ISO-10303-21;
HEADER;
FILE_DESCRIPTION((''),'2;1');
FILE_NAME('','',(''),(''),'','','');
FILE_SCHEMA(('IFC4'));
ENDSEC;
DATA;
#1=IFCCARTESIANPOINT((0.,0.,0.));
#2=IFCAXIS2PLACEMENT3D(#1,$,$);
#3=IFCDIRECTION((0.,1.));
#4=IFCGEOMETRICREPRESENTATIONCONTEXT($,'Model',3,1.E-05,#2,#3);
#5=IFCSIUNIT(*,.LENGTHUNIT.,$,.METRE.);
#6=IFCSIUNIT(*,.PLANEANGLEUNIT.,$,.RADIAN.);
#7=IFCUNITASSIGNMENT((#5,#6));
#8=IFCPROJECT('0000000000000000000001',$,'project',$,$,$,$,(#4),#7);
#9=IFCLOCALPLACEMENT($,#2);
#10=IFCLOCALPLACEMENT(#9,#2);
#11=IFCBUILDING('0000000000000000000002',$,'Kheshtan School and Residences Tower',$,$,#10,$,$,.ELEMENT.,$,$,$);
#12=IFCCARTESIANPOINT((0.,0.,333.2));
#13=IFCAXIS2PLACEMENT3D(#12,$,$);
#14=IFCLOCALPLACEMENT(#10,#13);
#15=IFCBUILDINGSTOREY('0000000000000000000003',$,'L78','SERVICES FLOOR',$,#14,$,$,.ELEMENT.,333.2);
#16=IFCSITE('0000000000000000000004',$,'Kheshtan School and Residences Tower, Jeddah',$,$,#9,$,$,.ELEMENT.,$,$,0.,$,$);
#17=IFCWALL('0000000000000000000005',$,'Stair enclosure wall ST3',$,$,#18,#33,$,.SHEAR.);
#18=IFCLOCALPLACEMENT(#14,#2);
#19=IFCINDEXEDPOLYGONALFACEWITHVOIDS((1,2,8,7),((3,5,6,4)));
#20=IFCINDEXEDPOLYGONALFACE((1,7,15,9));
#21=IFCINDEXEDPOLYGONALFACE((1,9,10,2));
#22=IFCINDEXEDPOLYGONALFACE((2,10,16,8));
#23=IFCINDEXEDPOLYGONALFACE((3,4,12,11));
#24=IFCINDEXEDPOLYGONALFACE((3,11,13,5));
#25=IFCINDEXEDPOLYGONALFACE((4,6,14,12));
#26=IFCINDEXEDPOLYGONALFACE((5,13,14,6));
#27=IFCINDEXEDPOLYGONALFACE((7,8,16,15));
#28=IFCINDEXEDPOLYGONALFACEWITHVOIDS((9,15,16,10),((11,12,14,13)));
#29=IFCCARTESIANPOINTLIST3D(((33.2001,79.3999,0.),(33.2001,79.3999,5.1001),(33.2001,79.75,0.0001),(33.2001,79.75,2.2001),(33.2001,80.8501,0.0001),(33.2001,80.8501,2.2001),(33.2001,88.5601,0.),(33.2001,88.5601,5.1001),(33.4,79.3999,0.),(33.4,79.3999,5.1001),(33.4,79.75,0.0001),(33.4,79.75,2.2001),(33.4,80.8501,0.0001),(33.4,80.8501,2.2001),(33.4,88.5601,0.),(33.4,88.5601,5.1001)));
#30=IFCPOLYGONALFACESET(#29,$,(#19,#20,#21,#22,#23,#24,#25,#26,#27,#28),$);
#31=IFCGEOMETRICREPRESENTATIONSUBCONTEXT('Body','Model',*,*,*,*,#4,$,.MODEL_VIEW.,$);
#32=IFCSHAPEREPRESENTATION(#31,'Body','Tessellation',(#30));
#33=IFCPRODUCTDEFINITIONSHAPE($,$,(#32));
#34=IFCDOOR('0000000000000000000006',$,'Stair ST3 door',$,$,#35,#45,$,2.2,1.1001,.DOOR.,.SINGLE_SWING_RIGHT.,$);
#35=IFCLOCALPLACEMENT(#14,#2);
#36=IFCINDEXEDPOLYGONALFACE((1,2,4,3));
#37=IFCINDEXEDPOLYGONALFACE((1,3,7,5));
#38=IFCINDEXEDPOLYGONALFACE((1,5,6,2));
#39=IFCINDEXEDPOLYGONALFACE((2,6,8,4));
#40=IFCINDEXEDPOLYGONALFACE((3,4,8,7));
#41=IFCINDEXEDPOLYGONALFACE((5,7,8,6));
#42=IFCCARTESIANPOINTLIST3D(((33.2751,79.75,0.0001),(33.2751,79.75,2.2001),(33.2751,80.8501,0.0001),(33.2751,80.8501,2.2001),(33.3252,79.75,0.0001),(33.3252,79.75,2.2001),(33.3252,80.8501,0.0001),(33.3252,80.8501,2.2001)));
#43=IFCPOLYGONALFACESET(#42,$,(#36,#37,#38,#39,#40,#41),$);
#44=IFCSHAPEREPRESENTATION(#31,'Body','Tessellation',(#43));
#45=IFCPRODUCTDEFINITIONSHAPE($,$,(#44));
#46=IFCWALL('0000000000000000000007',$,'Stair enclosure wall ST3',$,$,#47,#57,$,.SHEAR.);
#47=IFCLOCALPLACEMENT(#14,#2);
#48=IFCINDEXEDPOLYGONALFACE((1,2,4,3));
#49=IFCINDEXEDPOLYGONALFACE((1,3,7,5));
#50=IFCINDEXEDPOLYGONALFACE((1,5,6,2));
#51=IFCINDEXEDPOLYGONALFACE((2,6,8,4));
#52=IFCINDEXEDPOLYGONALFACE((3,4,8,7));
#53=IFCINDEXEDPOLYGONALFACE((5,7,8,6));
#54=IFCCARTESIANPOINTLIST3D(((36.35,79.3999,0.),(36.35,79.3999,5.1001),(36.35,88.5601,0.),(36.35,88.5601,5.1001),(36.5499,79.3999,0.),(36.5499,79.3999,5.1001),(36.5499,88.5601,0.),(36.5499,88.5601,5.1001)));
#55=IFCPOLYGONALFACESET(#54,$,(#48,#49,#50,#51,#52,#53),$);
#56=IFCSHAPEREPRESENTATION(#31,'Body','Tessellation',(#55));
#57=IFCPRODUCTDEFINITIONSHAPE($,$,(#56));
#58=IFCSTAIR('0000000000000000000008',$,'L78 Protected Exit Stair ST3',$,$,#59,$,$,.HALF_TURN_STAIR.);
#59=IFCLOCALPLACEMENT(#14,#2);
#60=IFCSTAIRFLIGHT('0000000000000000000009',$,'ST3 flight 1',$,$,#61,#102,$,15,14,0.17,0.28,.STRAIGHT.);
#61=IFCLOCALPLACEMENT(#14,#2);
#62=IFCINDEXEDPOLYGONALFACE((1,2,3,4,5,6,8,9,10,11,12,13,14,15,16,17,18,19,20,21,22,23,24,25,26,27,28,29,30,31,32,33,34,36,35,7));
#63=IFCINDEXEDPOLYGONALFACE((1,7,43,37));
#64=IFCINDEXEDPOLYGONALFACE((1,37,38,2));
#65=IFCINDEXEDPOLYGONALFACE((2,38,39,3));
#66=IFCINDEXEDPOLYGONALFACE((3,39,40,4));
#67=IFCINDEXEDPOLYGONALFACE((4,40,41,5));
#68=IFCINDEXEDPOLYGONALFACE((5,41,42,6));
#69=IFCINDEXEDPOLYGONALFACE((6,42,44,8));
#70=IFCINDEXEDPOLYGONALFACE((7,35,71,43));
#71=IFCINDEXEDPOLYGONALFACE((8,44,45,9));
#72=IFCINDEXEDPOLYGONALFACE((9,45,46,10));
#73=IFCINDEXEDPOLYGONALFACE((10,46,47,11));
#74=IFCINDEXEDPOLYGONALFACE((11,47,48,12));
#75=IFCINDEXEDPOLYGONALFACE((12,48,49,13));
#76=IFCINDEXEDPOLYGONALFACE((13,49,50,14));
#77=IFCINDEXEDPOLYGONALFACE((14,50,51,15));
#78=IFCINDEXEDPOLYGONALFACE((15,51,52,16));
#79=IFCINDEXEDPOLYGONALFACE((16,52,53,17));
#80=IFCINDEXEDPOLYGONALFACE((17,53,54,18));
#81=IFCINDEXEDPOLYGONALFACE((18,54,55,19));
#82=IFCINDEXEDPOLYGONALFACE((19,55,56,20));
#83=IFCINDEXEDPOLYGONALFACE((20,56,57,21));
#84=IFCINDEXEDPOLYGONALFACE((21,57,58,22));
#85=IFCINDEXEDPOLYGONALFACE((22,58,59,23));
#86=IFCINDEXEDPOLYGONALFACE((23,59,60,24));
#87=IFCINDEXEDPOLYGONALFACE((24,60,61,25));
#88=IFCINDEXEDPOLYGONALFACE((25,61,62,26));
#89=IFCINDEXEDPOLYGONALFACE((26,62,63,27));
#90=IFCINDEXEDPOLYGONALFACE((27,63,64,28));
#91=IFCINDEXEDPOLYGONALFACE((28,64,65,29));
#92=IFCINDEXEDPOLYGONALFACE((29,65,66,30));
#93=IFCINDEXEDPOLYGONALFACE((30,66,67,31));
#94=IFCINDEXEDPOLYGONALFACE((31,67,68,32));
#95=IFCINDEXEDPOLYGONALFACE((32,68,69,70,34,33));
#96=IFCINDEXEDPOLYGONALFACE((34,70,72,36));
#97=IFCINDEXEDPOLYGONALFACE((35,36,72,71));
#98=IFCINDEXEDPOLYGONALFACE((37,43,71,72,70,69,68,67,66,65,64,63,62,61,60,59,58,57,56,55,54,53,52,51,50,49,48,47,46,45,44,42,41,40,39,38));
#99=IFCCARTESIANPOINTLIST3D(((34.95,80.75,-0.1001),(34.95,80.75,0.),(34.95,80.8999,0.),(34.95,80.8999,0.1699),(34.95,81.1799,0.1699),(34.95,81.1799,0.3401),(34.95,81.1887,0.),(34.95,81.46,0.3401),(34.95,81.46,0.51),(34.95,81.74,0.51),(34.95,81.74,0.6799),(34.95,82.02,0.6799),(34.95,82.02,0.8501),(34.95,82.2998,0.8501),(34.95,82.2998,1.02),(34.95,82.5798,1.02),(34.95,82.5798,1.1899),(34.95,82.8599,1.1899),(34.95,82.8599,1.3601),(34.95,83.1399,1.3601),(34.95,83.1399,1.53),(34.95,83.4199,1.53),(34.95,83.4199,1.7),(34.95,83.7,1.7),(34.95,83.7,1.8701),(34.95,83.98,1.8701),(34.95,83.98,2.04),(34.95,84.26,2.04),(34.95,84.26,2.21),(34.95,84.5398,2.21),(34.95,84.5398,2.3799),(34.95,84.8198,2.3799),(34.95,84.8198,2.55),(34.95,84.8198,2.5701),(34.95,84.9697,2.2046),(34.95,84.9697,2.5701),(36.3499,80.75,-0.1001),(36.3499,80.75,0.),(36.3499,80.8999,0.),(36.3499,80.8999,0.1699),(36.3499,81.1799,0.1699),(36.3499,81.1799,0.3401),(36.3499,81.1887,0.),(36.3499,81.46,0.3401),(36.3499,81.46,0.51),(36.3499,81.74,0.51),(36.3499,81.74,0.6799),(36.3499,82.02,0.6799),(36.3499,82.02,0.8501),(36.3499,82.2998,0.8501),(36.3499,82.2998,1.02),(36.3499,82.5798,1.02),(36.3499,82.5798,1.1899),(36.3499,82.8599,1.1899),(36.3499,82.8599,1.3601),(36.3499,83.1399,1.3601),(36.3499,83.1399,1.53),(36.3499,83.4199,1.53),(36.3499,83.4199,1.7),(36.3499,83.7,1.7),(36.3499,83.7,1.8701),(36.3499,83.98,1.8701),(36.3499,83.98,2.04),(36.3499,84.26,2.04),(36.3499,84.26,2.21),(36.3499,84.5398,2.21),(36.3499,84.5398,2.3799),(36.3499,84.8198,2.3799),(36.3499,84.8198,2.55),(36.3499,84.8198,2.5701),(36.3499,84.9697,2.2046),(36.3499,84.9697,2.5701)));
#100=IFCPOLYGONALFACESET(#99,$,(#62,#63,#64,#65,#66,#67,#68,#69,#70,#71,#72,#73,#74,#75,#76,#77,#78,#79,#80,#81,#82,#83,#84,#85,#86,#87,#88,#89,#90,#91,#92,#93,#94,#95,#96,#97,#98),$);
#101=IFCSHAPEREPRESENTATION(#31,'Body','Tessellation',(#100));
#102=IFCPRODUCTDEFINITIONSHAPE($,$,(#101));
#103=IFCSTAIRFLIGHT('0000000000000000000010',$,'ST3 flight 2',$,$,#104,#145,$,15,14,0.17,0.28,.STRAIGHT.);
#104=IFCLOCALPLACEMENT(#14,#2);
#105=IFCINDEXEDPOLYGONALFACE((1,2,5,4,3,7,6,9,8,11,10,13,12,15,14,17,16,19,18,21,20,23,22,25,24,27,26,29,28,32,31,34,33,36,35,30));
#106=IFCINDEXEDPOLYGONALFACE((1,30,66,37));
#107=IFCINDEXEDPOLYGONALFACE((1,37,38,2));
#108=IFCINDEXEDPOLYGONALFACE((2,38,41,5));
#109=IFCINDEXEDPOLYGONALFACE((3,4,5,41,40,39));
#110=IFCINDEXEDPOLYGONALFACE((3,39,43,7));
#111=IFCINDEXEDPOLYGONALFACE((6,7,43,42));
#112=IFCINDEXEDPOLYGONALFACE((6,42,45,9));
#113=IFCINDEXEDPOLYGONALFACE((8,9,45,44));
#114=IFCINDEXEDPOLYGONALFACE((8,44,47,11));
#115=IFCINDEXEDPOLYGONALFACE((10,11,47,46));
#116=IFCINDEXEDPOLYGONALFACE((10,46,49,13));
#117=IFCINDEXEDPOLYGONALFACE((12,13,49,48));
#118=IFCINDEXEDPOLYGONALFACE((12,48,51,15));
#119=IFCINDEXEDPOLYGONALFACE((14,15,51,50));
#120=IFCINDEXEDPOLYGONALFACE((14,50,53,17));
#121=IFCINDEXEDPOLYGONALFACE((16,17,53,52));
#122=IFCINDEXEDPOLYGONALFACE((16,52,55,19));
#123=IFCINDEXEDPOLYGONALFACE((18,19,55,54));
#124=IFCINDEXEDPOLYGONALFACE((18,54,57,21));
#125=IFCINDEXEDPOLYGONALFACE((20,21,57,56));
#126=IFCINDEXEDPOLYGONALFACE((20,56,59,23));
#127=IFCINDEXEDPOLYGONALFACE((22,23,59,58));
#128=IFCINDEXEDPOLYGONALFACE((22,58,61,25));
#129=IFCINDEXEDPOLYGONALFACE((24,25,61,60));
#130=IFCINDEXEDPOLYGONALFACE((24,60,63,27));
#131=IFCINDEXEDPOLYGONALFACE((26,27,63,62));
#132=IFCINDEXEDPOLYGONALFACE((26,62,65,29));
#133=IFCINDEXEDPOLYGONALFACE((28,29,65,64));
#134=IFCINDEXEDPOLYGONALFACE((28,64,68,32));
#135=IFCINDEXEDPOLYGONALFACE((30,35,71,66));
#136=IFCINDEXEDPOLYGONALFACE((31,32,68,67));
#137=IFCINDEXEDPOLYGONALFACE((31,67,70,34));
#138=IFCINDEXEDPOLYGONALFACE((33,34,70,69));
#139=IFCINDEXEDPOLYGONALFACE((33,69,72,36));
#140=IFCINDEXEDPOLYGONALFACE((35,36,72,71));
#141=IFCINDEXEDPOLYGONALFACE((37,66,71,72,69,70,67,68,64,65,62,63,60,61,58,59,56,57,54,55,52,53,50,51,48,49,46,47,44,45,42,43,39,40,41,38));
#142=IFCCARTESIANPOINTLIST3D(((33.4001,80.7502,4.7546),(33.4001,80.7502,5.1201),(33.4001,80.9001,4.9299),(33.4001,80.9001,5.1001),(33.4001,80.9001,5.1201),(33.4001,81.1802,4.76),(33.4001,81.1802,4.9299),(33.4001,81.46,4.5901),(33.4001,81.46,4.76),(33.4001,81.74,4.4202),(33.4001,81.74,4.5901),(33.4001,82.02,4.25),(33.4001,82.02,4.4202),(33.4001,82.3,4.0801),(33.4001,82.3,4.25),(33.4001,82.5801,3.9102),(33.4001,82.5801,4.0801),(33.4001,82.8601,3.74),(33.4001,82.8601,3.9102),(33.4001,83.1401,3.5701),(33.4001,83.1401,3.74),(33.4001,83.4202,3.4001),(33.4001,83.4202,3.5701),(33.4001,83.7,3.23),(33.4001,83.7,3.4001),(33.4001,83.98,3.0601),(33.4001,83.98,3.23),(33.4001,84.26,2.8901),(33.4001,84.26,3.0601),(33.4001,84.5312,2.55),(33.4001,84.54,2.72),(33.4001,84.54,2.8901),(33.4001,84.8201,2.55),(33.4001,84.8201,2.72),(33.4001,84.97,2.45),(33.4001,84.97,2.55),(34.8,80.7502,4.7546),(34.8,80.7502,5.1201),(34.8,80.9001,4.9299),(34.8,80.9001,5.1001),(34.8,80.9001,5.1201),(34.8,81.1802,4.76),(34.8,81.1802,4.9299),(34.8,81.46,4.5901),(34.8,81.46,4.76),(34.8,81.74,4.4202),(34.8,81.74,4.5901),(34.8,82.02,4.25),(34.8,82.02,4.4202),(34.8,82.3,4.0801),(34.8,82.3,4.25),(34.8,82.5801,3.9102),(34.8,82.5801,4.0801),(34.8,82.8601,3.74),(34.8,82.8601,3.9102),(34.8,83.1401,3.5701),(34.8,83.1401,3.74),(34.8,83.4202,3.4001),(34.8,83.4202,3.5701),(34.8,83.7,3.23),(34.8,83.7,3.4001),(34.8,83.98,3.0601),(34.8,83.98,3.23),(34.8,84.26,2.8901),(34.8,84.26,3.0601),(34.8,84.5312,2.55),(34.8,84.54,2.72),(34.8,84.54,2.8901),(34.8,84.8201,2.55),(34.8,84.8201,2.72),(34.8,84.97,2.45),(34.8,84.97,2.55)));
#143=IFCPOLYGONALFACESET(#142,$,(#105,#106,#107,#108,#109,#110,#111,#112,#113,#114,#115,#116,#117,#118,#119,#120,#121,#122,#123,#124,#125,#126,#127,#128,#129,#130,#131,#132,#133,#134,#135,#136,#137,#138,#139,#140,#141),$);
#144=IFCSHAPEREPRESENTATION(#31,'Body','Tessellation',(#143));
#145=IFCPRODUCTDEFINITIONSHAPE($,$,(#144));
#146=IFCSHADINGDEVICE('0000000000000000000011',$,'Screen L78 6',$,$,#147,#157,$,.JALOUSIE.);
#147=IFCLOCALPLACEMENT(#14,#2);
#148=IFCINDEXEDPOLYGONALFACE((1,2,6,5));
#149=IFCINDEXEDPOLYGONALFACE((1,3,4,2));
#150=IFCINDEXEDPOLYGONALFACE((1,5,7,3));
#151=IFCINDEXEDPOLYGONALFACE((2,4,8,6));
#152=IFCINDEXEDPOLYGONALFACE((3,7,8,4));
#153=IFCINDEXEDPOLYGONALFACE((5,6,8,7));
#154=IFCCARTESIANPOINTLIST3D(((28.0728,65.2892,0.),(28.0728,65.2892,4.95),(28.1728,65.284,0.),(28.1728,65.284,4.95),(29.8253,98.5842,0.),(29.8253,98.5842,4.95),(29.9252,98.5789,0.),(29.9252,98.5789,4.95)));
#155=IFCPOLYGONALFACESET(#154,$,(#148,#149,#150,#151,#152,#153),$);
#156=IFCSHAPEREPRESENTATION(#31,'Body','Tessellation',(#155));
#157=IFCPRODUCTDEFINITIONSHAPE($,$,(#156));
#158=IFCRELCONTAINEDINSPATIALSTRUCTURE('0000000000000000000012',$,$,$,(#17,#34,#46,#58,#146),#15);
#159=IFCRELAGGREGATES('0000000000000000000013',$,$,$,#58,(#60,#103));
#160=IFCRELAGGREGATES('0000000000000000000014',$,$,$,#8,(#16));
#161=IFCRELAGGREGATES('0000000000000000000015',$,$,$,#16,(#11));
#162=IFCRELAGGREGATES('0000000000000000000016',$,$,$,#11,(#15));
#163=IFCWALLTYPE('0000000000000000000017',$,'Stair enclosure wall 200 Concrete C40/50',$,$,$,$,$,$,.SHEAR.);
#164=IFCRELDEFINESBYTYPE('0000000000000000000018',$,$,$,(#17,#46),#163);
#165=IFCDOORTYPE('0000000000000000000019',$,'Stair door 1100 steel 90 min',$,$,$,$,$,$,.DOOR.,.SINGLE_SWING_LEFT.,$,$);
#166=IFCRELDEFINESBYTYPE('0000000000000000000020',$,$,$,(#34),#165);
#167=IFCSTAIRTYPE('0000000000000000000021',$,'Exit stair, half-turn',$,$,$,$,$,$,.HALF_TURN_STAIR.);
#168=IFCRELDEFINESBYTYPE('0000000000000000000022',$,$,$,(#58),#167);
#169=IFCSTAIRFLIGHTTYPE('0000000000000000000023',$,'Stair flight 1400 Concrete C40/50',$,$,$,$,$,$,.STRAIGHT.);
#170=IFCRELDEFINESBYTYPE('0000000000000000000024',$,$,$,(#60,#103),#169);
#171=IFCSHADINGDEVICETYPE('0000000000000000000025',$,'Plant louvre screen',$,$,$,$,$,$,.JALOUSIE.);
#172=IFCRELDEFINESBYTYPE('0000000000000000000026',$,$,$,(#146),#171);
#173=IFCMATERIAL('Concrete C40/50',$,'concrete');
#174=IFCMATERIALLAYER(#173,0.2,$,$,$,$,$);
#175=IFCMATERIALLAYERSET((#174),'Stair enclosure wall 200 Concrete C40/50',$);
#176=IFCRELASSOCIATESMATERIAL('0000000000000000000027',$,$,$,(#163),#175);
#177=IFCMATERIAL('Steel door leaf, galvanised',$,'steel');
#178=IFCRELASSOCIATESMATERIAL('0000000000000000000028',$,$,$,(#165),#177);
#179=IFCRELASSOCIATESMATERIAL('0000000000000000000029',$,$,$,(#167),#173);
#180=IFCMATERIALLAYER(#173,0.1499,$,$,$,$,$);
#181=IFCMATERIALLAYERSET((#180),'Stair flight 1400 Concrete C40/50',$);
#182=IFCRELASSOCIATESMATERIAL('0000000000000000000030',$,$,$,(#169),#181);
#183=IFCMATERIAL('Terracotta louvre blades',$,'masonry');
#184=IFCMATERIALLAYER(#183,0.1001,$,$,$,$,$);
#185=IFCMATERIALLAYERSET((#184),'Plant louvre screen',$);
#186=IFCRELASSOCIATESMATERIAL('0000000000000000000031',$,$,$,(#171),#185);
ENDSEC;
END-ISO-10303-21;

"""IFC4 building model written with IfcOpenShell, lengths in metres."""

from ifc_helpers import new_model, si_unit, direction, frame, frame_2d, origin, origin_2d, place, context, subcontext, project, spatial, polyline, rectangle, outline, extrude, source, transform, mapped, material, layer, layer_set, type_object, element, fill, aggregate, save


model = new_model("IFC4")

# Units and contexts
model_context = context("Model", 3, precision=1e-05, world=origin(), true_north=direction((0.0, 1.0)))
body_context = subcontext(model_context, "Body", "Model", "MODEL_VIEW")
ifc_project = project(units=[si_unit("LENGTHUNIT", "METRE"), si_unit("PLANEANGLEUNIT", "RADIAN")], contexts=[model_context])

# Site, building, storey
site_placement = place(None, origin())
site = spatial("IfcSite", under=ifc_project, at=site_placement, Name="Kheshtan School and Residences Tower, Jeddah", CompositionType="ELEMENT", RefElevation=0.0)
building_placement = place(site_placement, origin())
building = spatial("IfcBuilding", under=site, at=building_placement, Name="Kheshtan School and Residences Tower", CompositionType="ELEMENT")
storey_placement = place(building_placement, frame((0.0, 0.0, 333.2)))
storey = spatial("IfcBuildingStorey", under=building, at=storey_placement, Name="L78", Description="SERVICES FLOOR", CompositionType="ELEMENT", Elevation=333.2)

# Shared definitions
ifc_material_1 = material(Name="Concrete C40/50", Category="concrete")
ifc_layer_1 = layer(ifc_material_1, 0.2)
ifc_layer_set_1 = layer_set([ifc_layer_1], Name="Stair enclosure wall 200 Concrete C40/50")
wall_type_1 = type_object("IfcWallType", Name="Stair enclosure wall 200 Concrete C40/50", PredefinedType="SHEAR", material=ifc_layer_set_1)

# Wall, opening, door
wall_1_placement = place(storey_placement, frame((33.3, 79.3999, 0.0), z_axis=(0.0, 0.0, 1.0), x_axis=(0.0, 1.0, 0.0)))
wall_1 = element("IfcWall", 1, at=wall_1_placement, inside=storey, type_object=wall_type_1, Name="Stair enclosure wall ST3", PredefinedType="SHEAR", context=body_context, shape_type="SweptSolid", body=[
    extrude(rectangle(XDim=9.1602, YDim=0.2, at=frame_2d((4.5801, 0.0))), origin(), (0.0, 0.0, 1.0), 5.1001),
])
opening_1_placement = place(wall_1_placement, frame((0.3501, 0.0, 0.0)))
opening_1 = element("IfcOpeningElement", 2, at=opening_1_placement, cuts=wall_1, PredefinedType="OPENING", context=body_context, shape_type="SweptSolid", body=[
    extrude(rectangle(XDim=1.1001, YDim=2.2, at=frame_2d((0.55, 1.1001))), frame((0.0, 0.1099, 0.0), z_axis=(0.0, -1.0, 0.0), x_axis=(1.0, 0.0, 0.0)), (0.0, 0.0, 1.0), 0.22),
])
ifc_material_2 = material(Name="Steel door leaf, galvanised", Category="steel")
door_type_1 = type_object("IfcDoorType", Name="Stair door 1100 steel 90 min", OperationType="SINGLE_SWING_LEFT", PredefinedType="DOOR", material=ifc_material_2)
shared_shape_1 = source(origin(), body_context, "Body", "SweptSolid", [
    extrude(rectangle(XDim=1.1001, YDim=2.2, at=frame_2d((0.55, 1.1001))), frame((0.0, 0.0249, 0.0), z_axis=(0.0, -1.0, 0.0), x_axis=(1.0, 0.0, 0.0)), (0.0, 0.0, 1.0), 0.05),
])
door_1_placement = place(opening_1_placement, origin())
door_1 = element("IfcDoor", 3, at=door_1_placement, inside=storey, type_object=door_type_1, Name="Stair ST3 door", OperationType="SINGLE_SWING_RIGHT", OverallHeight=2.2, OverallWidth=1.1001, PredefinedType="DOOR", context=body_context, shape_type="MappedRepresentation", body=[
    mapped(shared_shape_1, transform((0.0, 0.0, 0.0), x_axis=(1.0, 0.0, 0.0), y_axis=(0.0, 1.0, 0.0), z_axis=(0.0, 0.0, 1.0), scale=1.0)),
])
fill(opening_1, door_1)

# Wall
wall_2_placement = place(storey_placement, frame((36.45, 79.3999, 0.0), z_axis=(0.0, 0.0, 1.0), x_axis=(0.0, 1.0, 0.0)))
element("IfcWall", 4, at=wall_2_placement, inside=storey, type_object=wall_type_1, Name="Stair enclosure wall ST3", PredefinedType="SHEAR", context=body_context, shape_type="SweptSolid", body=[
    extrude(rectangle(XDim=9.1602, YDim=0.2, at=frame_2d((4.5801, 0.0))), origin(), (0.0, 0.0, 1.0), 5.1001),
])

# Stair, stair flights
stair_type = type_object("IfcStairType", Name="Exit stair, half-turn", PredefinedType="HALF_TURN_STAIR", material=ifc_material_1)
stair_placement = place(storey_placement, origin())
stair = element("IfcStair", 5, at=stair_placement, inside=storey, type_object=stair_type, Name="L78 Protected Exit Stair ST3", PredefinedType="HALF_TURN_STAIR")
ifc_layer_2 = layer(ifc_material_1, 0.1499)
ifc_layer_set_2 = layer_set([ifc_layer_2], Name="Stair flight 1400 Concrete C40/50")
stair_flight_type = type_object("IfcStairFlightType", Name="Stair flight 1400 Concrete C40/50", PredefinedType="STRAIGHT", material=ifc_layer_set_2)
stair_flight_1_placement = place(storey_placement, frame((35.6499, 80.8999, 0.0), z_axis=(0.0, 0.0, 1.0), x_axis=(0.0, 1.0, 0.0)))
stair_flight_1 = element("IfcStairFlight", 6, at=stair_flight_1_placement, type_object=stair_flight_type, Name="ST3 flight 1", NumberOfRisers=15, NumberOfTreads=14, PredefinedType="STRAIGHT", RiserHeight=0.17, TreadLength=0.28, context=body_context, shape_type="SweptSolid", body=[
    extrude(outline(polyline([(-0.1499, -0.1001), (-0.1499, 0.0), (0.0, 0.0), (0.0, 0.1699), (0.28, 0.1699), (0.28, 0.3401), (0.5601, 0.3401), (0.5601, 0.51), (0.8401, 0.51), (0.8401, 0.6799), (1.1201, 0.6799), (1.1201, 0.8501), (1.3999, 0.8501), (1.3999, 1.02), (1.6799, 1.02), (1.6799, 1.1899), (1.96, 1.1899), (1.96, 1.3601), (2.24, 1.3601), (2.24, 1.53), (2.52, 1.53), (2.52, 1.7), (2.8, 1.7), (2.8, 1.8701), (3.0801, 1.8701), (3.0801, 2.04), (3.3601, 2.04), (3.3601, 2.21), (3.6399, 2.21), (3.6399, 2.3799), (3.9199, 2.3799), (3.9199, 2.55), (3.9199, 2.5701), (4.0698, 2.5701), (4.0698, 2.2046), (0.2888, 0.0), (-0.1499, -0.1001)])), frame((0.0, 0.7, 0.0), z_axis=(0.0, -1.0, 0.0), x_axis=(1.0, 0.0, 0.0)), (0.0, 0.0, 1.0), 1.3999),
])
stair_flight_2_placement = place(storey_placement, frame((34.1001, 84.8201, 2.55), z_axis=(0.0, 0.0, 1.0), x_axis=(0.0, -1.0, 0.0)))
stair_flight_2 = element("IfcStairFlight", 7, at=stair_flight_2_placement, type_object=stair_flight_type, Name="ST3 flight 2", NumberOfRisers=15, NumberOfTreads=14, PredefinedType="STRAIGHT", RiserHeight=0.17, TreadLength=0.28, context=body_context, shape_type="SweptSolid", body=[
    extrude(outline(polyline([(-0.1499, -0.1001), (-0.1499, 0.0), (0.0, 0.0), (0.0, 0.1699), (0.28, 0.1699), (0.28, 0.3401), (0.5601, 0.3401), (0.5601, 0.51), (0.8401, 0.51), (0.8401, 0.6799), (1.1201, 0.6799), (1.1201, 0.8501), (1.3999, 0.8501), (1.3999, 1.02), (1.6799, 1.02), (1.6799, 1.1899), (1.96, 1.1899), (1.96, 1.3601), (2.24, 1.3601), (2.24, 1.53), (2.52, 1.53), (2.52, 1.7), (2.8, 1.7), (2.8, 1.8701), (3.0801, 1.8701), (3.0801, 2.04), (3.3601, 2.04), (3.3601, 2.21), (3.6399, 2.21), (3.6399, 2.3799), (3.9199, 2.3799), (3.9199, 2.55), (3.9199, 2.5701), (4.0698, 2.5701), (4.0698, 2.2046), (0.2888, 0.0), (-0.1499, -0.1001)])), frame((0.0, 0.7, 0.0), z_axis=(0.0, -1.0, 0.0), x_axis=(1.0, 0.0, 0.0)), (0.0, 0.0, 1.0), 1.3999),
])
aggregate(stair, [stair_flight_1, stair_flight_2])

# Shading device
ifc_material_3 = material(Name="Terracotta louvre blades", Category="masonry")
ifc_layer_3 = layer(ifc_material_3, 0.1001)
ifc_layer_set_3 = layer_set([ifc_layer_3], Name="Plant louvre screen")
shading_device_type = type_object("IfcShadingDeviceType", Name="Plant louvre screen", PredefinedType="JALOUSIE", material=ifc_layer_set_3)
shading_device_placement = place(storey_placement, frame((28.999, 81.9341, 0.0), z_axis=(0.0, 0.0, 1.0), x_axis=(0.052563, 0.998618, 0.0)))
element("IfcShadingDevice", 8, at=shading_device_placement, inside=storey, type_object=shading_device_type, Name="Screen L78 6", PredefinedType="JALOUSIE", context=body_context, shape_type="SweptSolid", body=[
    extrude(rectangle(XDim=33.3411, YDim=0.1001, at=origin_2d()), origin(), (0.0, 0.0, 1.0), 4.95),
])

save(model, "model.ifc")
